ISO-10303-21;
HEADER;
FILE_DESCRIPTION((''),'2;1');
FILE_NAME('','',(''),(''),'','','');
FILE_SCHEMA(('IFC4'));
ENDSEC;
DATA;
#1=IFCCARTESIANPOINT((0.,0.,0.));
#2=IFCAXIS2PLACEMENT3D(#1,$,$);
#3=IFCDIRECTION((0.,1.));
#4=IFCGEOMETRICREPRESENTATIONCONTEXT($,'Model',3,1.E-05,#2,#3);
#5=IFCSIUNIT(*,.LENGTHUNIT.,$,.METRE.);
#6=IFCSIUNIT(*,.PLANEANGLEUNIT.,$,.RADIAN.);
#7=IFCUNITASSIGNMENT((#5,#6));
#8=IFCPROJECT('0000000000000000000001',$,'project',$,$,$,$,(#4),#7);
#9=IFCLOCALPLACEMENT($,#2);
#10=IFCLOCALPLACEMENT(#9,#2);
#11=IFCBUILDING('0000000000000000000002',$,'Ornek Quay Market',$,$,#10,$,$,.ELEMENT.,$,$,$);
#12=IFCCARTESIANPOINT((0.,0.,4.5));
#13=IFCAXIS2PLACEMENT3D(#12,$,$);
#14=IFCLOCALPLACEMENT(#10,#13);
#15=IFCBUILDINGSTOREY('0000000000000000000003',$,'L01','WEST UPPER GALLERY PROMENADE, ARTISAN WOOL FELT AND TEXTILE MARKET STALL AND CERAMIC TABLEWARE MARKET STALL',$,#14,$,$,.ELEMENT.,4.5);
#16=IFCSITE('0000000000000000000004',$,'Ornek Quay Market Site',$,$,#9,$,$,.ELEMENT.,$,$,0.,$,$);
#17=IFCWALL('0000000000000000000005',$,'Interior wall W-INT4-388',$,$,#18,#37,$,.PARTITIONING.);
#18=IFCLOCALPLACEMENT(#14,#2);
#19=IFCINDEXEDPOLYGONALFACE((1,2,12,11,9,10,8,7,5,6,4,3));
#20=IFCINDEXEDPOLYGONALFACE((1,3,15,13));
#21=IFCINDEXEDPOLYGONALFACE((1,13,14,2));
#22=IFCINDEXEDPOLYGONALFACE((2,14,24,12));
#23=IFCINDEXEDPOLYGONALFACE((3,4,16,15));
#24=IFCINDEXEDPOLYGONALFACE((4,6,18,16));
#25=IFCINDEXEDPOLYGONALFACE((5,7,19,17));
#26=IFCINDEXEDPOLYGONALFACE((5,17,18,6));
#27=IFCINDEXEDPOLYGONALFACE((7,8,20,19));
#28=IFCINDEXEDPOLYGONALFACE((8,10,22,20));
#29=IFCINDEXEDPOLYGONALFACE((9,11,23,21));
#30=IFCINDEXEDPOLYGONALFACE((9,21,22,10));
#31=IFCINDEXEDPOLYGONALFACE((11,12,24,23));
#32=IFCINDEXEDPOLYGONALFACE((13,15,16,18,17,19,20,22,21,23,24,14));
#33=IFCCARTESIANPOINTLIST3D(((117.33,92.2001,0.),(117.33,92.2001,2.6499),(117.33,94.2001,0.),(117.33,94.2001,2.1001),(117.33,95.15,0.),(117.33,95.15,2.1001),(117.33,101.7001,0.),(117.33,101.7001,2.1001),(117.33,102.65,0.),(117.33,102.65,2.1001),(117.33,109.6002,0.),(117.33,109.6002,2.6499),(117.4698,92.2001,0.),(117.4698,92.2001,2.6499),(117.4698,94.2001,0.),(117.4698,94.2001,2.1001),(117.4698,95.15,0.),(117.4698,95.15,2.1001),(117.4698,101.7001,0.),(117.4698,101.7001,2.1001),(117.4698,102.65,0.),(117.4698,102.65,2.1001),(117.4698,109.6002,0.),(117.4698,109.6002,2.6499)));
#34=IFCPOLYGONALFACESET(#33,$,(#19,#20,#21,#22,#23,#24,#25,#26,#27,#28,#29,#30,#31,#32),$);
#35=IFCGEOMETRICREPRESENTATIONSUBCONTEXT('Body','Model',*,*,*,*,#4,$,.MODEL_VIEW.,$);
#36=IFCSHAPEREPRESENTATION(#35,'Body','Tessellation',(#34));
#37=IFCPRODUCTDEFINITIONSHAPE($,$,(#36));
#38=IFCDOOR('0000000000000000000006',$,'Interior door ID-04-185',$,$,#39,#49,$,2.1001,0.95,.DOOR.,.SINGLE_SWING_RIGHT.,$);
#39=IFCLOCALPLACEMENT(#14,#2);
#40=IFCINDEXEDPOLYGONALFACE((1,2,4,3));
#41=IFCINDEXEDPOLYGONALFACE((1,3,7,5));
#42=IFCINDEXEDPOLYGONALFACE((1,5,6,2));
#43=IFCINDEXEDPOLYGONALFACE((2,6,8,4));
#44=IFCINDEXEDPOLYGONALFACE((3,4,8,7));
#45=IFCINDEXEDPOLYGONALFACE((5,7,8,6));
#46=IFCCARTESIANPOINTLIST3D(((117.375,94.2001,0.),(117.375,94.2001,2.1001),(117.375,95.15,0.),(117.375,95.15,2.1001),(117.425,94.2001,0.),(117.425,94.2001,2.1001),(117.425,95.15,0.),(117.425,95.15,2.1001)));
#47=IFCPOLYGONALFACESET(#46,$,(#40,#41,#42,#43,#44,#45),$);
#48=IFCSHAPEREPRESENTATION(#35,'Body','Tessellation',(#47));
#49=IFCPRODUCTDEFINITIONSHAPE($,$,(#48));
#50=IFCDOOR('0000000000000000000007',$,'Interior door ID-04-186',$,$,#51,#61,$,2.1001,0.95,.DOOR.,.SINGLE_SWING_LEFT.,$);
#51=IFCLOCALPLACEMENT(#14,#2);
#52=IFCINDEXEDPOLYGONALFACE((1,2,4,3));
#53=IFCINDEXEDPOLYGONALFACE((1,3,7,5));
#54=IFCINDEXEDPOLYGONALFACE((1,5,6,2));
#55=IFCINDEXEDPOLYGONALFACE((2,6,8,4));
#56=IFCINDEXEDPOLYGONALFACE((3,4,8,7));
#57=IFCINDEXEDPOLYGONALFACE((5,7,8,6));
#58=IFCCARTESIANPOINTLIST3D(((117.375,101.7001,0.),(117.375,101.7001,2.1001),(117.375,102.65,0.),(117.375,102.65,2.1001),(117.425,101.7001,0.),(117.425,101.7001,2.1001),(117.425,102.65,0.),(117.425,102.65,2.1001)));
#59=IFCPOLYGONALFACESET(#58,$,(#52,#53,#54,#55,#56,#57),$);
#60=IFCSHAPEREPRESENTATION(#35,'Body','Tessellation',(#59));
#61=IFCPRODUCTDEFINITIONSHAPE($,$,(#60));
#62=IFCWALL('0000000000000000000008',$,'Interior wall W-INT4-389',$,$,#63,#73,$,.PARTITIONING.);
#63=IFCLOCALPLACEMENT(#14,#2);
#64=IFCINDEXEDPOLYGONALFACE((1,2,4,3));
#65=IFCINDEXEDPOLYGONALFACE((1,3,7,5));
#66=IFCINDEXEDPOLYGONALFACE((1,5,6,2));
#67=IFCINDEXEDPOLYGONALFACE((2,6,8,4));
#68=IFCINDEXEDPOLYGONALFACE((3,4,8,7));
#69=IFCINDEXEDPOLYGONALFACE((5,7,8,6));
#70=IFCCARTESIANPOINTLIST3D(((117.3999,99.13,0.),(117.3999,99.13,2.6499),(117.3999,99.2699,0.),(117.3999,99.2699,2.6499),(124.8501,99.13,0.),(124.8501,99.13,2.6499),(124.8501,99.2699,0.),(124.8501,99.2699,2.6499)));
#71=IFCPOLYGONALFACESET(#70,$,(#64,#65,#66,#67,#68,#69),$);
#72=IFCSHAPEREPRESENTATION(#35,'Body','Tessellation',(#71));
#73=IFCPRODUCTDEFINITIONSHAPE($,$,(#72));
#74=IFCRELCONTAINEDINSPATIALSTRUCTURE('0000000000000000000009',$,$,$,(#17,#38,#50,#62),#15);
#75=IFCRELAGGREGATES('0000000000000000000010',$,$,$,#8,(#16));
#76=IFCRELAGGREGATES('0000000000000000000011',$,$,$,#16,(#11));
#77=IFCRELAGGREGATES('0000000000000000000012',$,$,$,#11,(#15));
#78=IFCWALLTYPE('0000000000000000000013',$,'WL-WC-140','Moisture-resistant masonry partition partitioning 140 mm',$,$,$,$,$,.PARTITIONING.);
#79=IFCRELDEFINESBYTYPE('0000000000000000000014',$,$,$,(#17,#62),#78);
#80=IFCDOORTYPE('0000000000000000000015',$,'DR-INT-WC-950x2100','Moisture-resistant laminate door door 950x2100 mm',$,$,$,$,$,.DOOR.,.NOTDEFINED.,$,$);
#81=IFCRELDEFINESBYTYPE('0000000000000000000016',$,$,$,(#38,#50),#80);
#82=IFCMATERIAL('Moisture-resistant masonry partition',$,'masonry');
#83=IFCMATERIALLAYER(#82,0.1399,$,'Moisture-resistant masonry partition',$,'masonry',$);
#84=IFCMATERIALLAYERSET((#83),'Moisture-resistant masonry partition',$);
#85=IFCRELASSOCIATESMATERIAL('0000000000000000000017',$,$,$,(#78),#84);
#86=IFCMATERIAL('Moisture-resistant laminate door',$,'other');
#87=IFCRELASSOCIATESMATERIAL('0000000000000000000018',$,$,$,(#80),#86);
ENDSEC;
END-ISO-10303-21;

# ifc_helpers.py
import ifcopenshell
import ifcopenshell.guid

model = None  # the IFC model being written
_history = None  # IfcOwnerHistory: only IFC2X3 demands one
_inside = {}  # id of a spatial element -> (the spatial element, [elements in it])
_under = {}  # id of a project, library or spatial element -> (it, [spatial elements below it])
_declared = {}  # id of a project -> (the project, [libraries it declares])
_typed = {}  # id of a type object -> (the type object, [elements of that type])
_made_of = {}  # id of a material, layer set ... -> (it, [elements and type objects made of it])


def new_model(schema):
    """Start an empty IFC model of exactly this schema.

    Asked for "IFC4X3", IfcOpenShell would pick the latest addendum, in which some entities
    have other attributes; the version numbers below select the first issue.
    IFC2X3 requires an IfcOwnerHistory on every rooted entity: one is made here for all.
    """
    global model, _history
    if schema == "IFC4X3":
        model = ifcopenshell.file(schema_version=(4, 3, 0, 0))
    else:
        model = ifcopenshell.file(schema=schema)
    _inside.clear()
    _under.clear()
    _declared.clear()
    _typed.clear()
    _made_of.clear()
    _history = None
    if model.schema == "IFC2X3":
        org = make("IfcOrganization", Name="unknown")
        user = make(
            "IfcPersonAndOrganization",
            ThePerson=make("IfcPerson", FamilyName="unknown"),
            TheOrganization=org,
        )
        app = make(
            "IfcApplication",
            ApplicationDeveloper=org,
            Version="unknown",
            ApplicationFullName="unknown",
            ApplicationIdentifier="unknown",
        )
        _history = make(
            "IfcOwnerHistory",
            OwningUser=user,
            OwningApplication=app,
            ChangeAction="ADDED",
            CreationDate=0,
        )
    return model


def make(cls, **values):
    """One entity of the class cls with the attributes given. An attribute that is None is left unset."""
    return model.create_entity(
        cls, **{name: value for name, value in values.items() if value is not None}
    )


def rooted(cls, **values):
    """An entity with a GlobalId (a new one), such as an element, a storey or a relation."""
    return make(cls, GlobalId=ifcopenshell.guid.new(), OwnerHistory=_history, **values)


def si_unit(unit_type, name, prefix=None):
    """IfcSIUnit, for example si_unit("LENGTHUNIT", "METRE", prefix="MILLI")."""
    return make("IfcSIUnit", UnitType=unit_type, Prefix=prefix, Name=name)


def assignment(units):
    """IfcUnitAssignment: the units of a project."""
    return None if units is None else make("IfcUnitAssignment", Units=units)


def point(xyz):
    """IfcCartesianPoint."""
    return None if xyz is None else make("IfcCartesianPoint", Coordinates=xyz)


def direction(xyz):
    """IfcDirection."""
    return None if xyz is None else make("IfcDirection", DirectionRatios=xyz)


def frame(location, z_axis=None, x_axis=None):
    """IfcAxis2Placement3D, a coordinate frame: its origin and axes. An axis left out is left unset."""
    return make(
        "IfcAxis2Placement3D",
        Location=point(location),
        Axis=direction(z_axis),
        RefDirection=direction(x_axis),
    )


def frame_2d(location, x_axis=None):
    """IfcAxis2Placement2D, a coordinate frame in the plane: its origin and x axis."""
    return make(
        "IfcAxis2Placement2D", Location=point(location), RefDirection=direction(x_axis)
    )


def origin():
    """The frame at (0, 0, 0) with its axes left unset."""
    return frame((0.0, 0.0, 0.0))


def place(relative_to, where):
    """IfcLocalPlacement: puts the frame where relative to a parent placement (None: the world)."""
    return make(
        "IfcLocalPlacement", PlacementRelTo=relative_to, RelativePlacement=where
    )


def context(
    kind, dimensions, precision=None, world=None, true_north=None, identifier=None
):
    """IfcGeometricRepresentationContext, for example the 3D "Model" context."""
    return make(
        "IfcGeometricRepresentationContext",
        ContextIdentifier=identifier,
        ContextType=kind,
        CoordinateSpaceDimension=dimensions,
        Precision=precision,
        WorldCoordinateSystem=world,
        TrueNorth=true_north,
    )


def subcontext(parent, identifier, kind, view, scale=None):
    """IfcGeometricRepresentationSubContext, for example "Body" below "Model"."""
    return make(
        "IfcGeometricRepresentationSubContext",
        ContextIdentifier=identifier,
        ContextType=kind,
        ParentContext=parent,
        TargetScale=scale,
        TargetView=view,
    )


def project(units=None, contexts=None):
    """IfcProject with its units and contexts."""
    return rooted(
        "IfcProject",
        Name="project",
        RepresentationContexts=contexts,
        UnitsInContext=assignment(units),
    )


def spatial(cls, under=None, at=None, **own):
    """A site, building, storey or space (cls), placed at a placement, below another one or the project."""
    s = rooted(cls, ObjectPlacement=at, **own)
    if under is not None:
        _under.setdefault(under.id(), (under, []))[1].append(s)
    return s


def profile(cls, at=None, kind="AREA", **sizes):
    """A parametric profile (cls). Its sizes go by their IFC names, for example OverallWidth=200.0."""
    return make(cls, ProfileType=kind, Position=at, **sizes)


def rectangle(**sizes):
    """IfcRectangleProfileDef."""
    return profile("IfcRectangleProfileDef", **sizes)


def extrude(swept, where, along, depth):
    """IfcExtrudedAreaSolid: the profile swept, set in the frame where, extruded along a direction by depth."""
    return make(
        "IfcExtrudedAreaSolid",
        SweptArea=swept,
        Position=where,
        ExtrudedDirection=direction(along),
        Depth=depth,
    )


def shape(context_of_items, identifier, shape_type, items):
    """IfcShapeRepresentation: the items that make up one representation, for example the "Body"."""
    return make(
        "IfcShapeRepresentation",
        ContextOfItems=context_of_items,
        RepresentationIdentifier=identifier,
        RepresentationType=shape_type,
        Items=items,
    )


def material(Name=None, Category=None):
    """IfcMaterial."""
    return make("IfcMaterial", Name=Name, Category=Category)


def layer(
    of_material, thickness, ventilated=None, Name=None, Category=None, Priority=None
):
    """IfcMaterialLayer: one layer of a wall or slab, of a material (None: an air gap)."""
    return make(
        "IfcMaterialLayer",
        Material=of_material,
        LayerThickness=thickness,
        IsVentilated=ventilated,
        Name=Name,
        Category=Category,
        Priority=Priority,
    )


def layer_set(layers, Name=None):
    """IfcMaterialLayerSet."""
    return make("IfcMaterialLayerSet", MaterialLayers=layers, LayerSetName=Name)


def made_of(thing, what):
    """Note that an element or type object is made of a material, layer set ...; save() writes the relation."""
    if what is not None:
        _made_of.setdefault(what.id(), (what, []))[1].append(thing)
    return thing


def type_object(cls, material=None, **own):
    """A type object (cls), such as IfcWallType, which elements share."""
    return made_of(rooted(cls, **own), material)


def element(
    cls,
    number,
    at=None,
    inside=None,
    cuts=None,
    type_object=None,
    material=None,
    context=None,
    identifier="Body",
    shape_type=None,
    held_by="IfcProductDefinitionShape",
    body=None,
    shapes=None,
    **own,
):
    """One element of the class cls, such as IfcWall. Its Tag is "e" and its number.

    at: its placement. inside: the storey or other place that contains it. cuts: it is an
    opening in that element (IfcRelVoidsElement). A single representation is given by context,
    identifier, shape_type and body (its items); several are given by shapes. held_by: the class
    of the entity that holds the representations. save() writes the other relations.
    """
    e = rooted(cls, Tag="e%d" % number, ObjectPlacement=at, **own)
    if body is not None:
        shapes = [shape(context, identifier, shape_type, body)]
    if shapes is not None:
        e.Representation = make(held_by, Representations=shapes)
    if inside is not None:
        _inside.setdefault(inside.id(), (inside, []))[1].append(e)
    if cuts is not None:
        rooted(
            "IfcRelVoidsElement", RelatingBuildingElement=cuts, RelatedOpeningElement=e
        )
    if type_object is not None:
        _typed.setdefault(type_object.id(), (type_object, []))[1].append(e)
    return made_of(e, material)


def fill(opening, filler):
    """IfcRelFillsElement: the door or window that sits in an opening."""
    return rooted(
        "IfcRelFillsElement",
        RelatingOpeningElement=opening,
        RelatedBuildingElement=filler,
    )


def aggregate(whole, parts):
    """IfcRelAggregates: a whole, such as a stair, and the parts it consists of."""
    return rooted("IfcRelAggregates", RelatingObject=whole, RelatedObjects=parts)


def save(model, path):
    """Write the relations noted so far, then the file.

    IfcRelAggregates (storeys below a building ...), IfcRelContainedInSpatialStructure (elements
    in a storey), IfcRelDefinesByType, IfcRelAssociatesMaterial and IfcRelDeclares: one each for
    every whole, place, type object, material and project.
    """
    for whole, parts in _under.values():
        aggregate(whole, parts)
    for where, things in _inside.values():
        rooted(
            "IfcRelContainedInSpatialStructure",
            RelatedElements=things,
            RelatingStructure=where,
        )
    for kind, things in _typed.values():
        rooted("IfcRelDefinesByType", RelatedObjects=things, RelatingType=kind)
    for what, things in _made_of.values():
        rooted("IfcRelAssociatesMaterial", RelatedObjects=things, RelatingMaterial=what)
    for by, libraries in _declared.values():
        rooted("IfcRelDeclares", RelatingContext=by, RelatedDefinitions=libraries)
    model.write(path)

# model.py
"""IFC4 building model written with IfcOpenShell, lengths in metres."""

from ifc_helpers import new_model, si_unit, direction, frame, frame_2d, origin, place, context, subcontext, project, spatial, rectangle, extrude, material, layer, layer_set, type_object, element, fill, save


model = new_model("IFC4")

# Units and contexts
model_context = context("Model", 3, precision=1e-05, world=origin(), true_north=direction((0.0, 1.0)))
body_context = subcontext(model_context, "Body", "Model", "MODEL_VIEW")
ifc_project = project(units=[si_unit("LENGTHUNIT", "METRE"), si_unit("PLANEANGLEUNIT", "RADIAN")], contexts=[model_context])

# Site, building, storey
site_placement = place(None, origin())
site = spatial("IfcSite", under=ifc_project, at=site_placement, Name="Ornek Quay Market Site", CompositionType="ELEMENT", RefElevation=0.0)
building_placement = place(site_placement, origin())
building = spatial("IfcBuilding", under=site, at=building_placement, Name="Ornek Quay Market", CompositionType="ELEMENT")
storey_placement = place(building_placement, frame((0.0, 0.0, 4.5)))
storey = spatial("IfcBuildingStorey", under=building, at=storey_placement, Name="L01", Description="WEST UPPER GALLERY PROMENADE, ARTISAN WOOL FELT AND TEXTILE MARKET STALL AND CERAMIC TABLEWARE MARKET STALL", CompositionType="ELEMENT", Elevation=4.5)

# Wall, openings, doors
ifc_material_1 = material(Name="Moisture-resistant masonry partition", Category="masonry")
ifc_layer_1 = layer(ifc_material_1, 0.1399, Name="Moisture-resistant masonry partition", Category="masonry")
ifc_layer_set_1 = layer_set([ifc_layer_1], Name="Moisture-resistant masonry partition")
wall_type = type_object("IfcWallType", Name="WL-WC-140", Description="Moisture-resistant masonry partition partitioning 140 mm", PredefinedType="PARTITIONING", material=ifc_layer_set_1)
ifc_material_2 = material(Name="Moisture-resistant laminate door", Category="other")
door_type = type_object("IfcDoorType", Name="DR-INT-WC-950x2100", Description="Moisture-resistant laminate door door 950x2100 mm", OperationType="NOTDEFINED", PredefinedType="DOOR", material=ifc_material_2)
wall_1_placement = place(storey_placement, frame((117.3999, 92.2, 0.0), z_axis=(0.0, 0.0, 1.0), x_axis=(0.0, 1.0, 0.0)))
wall_1 = element("IfcWall", 1, at=wall_1_placement, inside=storey, type_object=wall_type, Name="Interior wall W-INT4-388", PredefinedType="PARTITIONING", context=body_context, shape_type="SweptSolid", body=[
    extrude(rectangle(XDim=17.4001, YDim=0.1399, at=frame_2d((8.7002, 0.0))), origin(), (0.0, 0.0, 1.0), 2.6499),
])
opening_1_placement = place(wall_1_placement, frame((2.0, 0.0, 0.0)))
opening_1 = element("IfcOpeningElement", 2, at=opening_1_placement, cuts=wall_1, PredefinedType="OPENING", context=body_context, shape_type="SweptSolid", body=[
    extrude(rectangle(XDim=0.95, YDim=2.1001, at=frame_2d((0.4751, 1.05))), frame((0.0, 0.0798, 0.0), z_axis=(0.0, -1.0, 0.0), x_axis=(1.0, 0.0, 0.0)), (0.0, 0.0, 1.0), 0.1599),
])
opening_2_placement = place(wall_1_placement, frame((9.5, 0.0, 0.0)))
opening_2 = element("IfcOpeningElement", 3, at=opening_2_placement, cuts=wall_1, PredefinedType="OPENING", context=body_context, shape_type="SweptSolid", body=[
    extrude(rectangle(XDim=0.95, YDim=2.1001, at=frame_2d((0.4751, 1.05))), frame((0.0, 0.0798, 0.0), z_axis=(0.0, -1.0, 0.0), x_axis=(1.0, 0.0, 0.0)), (0.0, 0.0, 1.0), 0.1599),
])
door_1_placement = place(opening_1_placement, origin())
door_1 = element("IfcDoor", 4, at=door_1_placement, inside=storey, type_object=door_type, Name="Interior door ID-04-185", OperationType="SINGLE_SWING_RIGHT", OverallHeight=2.1001, OverallWidth=0.95, PredefinedType="DOOR", context=body_context, shape_type="SweptSolid", body=[
    extrude(rectangle(XDim=0.95, YDim=2.1001, at=frame_2d((0.4751, 1.05))), frame((0.0, 0.0249, 0.0), z_axis=(0.0, -1.0, 0.0), x_axis=(1.0, 0.0, 0.0)), (0.0, 0.0, 1.0), 0.05),
])
fill(opening_1, door_1)
door_2_placement = place(opening_2_placement, origin())
door_2 = element("IfcDoor", 5, at=door_2_placement, inside=storey, type_object=door_type, Name="Interior door ID-04-186", OperationType="SINGLE_SWING_LEFT", OverallHeight=2.1001, OverallWidth=0.95, PredefinedType="DOOR", context=body_context, shape_type="SweptSolid", body=[
    extrude(rectangle(XDim=0.95, YDim=2.1001, at=frame_2d((0.4751, 1.05))), frame((0.0, 0.0249, 0.0), z_axis=(0.0, -1.0, 0.0), x_axis=(1.0, 0.0, 0.0)), (0.0, 0.0, 1.0), 0.05),
])
fill(opening_2, door_2)

# Wall
wall_2_placement = place(storey_placement, frame((117.3999, 99.2, 0.0), z_axis=(0.0, 0.0, 1.0), x_axis=(1.0, 0.0, 0.0)))
element("IfcWall", 6, at=wall_2_placement, inside=storey, type_object=wall_type, Name="Interior wall W-INT4-389", PredefinedType="PARTITIONING", context=body_context, shape_type="SweptSolid", body=[
    extrude(rectangle(XDim=7.4502, YDim=0.1399, at=frame_2d((3.7251, 0.0))), origin(), (0.0, 0.0, 1.0), 2.6499),
])

save(model, "model.ifc")
